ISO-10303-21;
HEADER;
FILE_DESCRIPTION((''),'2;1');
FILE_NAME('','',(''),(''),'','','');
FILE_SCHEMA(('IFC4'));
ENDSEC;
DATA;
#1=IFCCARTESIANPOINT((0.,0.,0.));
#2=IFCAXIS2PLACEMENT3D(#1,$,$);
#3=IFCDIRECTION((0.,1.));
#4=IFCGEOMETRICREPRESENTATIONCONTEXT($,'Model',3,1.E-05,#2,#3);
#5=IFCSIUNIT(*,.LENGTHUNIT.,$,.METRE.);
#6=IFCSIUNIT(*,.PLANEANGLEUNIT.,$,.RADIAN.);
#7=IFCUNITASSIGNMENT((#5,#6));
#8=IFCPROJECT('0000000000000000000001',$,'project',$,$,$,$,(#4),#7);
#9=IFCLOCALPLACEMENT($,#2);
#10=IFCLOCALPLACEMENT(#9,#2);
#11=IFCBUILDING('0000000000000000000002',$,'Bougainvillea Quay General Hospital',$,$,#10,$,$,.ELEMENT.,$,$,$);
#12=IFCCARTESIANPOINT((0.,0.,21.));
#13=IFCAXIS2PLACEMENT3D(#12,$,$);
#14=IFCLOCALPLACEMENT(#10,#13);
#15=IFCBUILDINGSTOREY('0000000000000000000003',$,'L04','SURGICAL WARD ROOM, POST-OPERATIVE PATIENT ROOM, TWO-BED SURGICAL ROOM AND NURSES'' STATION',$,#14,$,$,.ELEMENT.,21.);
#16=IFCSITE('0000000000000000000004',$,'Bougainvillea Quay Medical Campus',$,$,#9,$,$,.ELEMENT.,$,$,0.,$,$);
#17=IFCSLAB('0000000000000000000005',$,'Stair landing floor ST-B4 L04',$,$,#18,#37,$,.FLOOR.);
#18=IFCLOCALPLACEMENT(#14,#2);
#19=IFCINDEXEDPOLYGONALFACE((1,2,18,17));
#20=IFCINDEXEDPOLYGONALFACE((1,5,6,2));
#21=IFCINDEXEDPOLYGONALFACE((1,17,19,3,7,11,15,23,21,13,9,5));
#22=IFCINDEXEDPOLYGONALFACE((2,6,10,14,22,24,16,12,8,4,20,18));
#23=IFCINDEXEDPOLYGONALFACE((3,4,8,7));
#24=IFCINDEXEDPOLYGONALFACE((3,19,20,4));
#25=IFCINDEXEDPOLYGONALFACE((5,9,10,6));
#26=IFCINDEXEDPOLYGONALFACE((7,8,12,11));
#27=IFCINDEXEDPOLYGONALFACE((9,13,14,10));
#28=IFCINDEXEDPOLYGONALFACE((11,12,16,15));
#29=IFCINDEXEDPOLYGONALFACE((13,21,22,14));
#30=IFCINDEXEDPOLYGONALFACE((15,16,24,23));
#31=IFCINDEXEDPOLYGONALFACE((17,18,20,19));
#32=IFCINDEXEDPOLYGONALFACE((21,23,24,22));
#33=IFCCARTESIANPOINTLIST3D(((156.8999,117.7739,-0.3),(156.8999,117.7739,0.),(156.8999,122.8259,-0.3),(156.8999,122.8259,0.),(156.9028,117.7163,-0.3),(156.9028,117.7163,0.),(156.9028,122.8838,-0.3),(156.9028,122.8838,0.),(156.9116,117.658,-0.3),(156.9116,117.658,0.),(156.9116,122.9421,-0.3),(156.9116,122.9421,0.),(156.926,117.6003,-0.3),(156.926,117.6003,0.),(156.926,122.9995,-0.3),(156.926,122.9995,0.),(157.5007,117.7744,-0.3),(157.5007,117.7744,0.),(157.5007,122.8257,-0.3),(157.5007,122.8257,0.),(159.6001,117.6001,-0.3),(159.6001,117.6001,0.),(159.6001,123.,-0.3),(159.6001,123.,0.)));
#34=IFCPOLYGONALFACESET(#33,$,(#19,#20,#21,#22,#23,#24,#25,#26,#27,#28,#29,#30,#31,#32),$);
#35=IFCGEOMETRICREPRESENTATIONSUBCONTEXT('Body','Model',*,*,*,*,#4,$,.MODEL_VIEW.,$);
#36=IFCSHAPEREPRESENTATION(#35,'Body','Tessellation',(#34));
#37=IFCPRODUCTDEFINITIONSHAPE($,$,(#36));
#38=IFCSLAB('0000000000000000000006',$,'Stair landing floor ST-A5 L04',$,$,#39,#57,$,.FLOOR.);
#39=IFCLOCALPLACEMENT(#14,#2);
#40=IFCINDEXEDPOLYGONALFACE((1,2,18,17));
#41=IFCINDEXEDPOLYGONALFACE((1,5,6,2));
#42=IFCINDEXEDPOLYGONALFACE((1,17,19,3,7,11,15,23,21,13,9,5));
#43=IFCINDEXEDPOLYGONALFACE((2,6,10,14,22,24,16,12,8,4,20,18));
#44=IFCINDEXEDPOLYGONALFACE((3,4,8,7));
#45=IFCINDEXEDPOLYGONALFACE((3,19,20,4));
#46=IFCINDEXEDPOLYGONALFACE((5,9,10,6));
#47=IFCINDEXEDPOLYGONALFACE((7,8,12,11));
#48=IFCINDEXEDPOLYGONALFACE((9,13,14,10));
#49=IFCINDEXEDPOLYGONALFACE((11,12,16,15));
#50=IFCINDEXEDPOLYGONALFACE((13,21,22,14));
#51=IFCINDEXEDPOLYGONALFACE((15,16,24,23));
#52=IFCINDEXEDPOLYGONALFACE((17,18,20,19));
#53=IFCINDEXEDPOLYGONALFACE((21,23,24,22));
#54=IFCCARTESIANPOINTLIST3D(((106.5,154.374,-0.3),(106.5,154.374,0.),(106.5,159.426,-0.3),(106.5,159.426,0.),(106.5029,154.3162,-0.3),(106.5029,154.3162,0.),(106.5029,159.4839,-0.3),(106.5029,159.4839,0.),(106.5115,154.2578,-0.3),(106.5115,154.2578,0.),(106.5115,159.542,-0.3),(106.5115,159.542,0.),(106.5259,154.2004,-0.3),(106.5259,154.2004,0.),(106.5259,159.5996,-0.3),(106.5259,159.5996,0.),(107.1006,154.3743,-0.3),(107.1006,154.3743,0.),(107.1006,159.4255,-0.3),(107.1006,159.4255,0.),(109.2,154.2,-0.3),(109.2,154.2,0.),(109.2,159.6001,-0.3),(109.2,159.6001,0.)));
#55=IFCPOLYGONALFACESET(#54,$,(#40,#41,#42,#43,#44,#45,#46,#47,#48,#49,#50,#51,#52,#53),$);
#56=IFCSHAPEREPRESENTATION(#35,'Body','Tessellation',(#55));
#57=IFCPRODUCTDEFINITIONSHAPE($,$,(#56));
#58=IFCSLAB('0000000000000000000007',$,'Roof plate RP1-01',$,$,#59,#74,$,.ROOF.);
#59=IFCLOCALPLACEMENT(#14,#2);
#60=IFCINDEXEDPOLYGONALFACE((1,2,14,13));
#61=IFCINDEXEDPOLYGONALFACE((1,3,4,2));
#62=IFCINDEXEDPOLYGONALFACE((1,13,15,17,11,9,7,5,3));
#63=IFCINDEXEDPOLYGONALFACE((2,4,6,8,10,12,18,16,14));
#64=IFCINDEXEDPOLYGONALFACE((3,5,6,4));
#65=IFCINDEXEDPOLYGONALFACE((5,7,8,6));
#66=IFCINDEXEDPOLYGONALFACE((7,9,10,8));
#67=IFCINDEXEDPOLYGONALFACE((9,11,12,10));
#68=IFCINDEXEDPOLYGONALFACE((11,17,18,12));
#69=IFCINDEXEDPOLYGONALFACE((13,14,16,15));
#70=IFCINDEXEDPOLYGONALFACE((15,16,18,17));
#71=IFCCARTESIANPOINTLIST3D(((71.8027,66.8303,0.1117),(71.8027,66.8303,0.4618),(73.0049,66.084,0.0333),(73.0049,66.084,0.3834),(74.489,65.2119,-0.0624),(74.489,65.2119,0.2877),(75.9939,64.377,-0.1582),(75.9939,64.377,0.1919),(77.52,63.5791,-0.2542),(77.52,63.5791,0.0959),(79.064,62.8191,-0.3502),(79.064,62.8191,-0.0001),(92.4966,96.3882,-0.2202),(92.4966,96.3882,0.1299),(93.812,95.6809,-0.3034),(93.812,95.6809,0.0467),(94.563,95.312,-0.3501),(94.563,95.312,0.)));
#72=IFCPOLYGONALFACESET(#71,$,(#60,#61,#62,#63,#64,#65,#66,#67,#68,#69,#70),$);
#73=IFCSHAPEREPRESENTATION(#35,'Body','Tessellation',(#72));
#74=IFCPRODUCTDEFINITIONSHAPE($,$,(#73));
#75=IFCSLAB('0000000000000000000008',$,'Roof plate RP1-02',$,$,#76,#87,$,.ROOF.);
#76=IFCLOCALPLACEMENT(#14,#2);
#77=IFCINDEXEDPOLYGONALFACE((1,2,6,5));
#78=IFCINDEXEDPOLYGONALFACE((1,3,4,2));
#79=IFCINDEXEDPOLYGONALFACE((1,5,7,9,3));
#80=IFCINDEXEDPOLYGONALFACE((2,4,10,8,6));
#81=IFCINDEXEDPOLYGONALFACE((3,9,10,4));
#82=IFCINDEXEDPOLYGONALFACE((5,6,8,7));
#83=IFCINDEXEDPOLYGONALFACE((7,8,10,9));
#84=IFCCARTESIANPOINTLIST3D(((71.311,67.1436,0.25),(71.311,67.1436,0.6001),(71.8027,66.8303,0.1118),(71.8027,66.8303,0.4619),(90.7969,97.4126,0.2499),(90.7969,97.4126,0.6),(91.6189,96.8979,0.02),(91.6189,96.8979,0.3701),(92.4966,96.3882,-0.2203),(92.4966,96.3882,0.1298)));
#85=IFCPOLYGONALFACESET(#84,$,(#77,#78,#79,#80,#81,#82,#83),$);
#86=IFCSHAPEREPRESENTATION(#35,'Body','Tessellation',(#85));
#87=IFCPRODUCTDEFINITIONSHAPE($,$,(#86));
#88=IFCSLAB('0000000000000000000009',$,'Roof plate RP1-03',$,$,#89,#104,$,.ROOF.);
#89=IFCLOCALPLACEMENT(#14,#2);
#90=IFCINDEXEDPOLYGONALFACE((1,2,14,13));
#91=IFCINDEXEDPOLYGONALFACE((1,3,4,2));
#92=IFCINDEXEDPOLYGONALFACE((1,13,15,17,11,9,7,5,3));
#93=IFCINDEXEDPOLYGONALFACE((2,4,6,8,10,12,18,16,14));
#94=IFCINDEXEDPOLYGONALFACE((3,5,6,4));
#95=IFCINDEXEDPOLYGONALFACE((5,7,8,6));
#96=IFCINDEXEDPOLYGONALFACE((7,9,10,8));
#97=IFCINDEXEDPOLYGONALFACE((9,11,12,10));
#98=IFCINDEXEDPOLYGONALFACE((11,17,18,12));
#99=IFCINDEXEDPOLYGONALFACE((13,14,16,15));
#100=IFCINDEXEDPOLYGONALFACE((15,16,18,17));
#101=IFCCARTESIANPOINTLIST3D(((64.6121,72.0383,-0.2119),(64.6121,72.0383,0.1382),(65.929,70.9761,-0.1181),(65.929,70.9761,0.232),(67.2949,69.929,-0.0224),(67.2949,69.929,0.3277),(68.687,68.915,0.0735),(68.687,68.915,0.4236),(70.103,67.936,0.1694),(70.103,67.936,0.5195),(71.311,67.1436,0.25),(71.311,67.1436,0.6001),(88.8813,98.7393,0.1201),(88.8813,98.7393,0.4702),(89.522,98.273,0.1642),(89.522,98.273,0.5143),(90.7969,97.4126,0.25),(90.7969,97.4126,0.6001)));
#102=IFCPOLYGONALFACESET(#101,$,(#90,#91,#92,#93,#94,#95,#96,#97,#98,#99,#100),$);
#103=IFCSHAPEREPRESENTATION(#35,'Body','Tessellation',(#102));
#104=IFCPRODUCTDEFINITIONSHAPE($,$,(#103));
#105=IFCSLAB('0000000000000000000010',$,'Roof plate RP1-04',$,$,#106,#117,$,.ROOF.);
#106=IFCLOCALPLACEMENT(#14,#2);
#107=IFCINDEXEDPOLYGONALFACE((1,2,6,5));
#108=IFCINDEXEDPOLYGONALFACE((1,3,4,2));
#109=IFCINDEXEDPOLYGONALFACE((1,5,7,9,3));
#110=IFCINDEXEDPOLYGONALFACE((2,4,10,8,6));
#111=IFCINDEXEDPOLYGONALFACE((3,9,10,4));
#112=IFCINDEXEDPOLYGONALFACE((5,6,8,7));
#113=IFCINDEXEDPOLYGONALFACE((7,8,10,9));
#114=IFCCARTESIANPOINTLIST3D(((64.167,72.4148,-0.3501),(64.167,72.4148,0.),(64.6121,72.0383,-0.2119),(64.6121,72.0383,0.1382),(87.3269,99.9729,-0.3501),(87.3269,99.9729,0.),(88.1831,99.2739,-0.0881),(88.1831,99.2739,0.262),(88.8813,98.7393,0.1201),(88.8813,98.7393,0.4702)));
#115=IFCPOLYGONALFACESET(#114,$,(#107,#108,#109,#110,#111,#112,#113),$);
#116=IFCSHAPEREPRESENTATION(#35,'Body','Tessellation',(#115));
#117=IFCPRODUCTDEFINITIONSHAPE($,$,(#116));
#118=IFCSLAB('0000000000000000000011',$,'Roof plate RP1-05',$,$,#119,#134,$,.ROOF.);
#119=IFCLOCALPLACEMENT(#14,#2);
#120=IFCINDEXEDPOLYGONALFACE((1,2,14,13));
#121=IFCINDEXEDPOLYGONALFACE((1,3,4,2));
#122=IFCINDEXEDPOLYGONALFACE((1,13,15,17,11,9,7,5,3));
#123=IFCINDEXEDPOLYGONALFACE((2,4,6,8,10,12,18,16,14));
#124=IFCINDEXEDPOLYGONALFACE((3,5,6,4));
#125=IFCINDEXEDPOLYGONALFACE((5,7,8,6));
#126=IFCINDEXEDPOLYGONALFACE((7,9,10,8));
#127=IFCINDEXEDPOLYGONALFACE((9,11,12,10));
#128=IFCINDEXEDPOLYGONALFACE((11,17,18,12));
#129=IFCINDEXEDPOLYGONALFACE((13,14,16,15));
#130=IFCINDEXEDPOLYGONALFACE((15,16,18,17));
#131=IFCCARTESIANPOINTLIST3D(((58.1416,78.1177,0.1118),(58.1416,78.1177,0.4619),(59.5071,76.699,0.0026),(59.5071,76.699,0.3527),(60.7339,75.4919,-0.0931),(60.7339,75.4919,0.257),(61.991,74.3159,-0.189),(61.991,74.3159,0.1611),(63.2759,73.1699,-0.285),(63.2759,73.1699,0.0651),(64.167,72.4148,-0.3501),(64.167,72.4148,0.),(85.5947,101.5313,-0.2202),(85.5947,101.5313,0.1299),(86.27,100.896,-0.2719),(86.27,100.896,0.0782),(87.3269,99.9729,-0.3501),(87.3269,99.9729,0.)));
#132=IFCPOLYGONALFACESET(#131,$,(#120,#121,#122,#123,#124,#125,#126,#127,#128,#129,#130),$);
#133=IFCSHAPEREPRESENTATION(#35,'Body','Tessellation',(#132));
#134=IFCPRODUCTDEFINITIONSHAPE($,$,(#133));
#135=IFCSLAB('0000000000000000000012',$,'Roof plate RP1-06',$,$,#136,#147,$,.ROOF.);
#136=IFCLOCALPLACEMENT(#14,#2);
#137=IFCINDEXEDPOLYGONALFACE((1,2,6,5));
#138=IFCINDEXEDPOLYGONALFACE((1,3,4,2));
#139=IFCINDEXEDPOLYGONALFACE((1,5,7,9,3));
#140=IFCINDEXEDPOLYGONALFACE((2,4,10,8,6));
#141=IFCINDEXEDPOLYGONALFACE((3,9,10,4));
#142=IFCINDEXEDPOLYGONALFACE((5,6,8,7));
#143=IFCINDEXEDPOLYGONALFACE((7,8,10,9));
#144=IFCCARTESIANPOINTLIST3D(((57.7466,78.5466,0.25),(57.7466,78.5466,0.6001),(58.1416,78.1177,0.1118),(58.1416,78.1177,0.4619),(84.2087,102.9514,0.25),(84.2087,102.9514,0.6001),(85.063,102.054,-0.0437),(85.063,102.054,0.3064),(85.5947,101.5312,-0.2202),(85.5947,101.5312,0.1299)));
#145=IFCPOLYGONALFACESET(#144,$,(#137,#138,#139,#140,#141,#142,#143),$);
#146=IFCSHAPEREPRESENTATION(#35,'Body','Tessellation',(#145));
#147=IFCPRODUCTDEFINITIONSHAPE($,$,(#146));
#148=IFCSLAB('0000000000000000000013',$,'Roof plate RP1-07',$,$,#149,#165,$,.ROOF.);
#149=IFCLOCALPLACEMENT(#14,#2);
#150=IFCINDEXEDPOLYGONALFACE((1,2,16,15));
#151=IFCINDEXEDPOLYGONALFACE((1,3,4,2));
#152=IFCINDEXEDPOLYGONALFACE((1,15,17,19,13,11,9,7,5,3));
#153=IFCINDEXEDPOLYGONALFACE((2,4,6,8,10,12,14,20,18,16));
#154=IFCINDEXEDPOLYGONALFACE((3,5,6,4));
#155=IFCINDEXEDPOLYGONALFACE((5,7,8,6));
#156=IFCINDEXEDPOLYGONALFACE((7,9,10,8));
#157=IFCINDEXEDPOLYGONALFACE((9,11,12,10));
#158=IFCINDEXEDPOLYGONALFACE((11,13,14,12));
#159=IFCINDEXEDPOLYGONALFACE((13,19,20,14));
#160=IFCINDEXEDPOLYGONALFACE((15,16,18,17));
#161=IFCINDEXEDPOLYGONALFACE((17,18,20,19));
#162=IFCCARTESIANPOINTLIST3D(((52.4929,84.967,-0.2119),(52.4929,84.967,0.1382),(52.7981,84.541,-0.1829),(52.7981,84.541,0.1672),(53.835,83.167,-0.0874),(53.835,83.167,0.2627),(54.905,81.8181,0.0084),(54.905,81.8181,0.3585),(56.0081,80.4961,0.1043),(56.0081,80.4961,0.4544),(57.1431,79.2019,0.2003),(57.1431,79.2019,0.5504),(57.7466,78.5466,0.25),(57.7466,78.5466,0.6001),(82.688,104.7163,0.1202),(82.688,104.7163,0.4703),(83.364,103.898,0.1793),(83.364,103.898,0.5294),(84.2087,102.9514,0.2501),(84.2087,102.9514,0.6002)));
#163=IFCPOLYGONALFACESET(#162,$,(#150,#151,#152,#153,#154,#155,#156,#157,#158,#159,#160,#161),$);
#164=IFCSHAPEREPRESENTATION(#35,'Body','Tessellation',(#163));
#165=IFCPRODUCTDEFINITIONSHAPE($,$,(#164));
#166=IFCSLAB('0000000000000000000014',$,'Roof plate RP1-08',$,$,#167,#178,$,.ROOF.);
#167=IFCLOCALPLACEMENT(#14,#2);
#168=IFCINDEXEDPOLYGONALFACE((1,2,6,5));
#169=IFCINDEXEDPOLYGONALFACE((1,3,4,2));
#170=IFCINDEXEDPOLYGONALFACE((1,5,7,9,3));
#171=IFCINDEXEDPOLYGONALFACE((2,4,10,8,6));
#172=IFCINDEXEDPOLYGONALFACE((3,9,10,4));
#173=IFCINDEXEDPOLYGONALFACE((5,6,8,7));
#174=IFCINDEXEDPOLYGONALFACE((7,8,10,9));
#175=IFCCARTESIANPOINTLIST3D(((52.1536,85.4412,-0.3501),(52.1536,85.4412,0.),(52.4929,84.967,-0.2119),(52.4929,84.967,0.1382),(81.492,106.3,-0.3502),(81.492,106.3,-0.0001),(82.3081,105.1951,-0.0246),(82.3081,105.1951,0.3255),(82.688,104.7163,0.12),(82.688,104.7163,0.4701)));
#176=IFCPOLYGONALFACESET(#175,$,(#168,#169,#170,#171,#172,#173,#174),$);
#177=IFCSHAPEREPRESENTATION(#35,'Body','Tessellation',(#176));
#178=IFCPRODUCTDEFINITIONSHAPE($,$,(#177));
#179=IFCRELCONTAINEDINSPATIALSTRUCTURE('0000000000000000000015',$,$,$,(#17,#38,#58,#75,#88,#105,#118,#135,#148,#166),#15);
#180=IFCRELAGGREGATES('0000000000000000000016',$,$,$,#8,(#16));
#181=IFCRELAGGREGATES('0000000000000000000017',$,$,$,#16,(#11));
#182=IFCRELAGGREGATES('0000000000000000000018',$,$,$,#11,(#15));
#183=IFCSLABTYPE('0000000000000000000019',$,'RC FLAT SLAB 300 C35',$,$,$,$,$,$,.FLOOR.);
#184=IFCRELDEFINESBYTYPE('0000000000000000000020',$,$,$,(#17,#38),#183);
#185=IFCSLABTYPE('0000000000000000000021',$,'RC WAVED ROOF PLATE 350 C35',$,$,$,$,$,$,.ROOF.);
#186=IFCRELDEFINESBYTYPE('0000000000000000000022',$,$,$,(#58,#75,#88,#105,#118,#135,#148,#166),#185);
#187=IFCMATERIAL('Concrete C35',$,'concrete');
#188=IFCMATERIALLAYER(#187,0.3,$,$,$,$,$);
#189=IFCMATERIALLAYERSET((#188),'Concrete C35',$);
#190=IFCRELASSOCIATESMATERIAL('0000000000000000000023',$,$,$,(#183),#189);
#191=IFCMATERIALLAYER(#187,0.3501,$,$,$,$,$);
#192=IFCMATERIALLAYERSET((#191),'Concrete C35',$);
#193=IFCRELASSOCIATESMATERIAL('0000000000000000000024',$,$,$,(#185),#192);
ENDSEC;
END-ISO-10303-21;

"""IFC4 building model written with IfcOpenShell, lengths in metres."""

from ifc_helpers import new_model, si_unit, direction, frame, origin, place, context, subcontext, project, spatial, polyline, outline, extrude, material, layer, layer_set, type_object, element, save


model = new_model("IFC4")

# Units and contexts
model_context = context("Model", 3, precision=1e-05, world=origin(), true_north=direction((0.0, 1.0)))
body_context = subcontext(model_context, "Body", "Model", "MODEL_VIEW")
ifc_project = project(units=[si_unit("LENGTHUNIT", "METRE"), si_unit("PLANEANGLEUNIT", "RADIAN")], contexts=[model_context])

# Site, building, storey
site_placement = place(None, origin())
site = spatial("IfcSite", under=ifc_project, at=site_placement, Name="Bougainvillea Quay Medical Campus", CompositionType="ELEMENT", RefElevation=0.0)
building_placement = place(site_placement, origin())
building = spatial("IfcBuilding", under=site, at=building_placement, Name="Bougainvillea Quay General Hospital", CompositionType="ELEMENT")
storey_placement = place(building_placement, frame((0.0, 0.0, 21.0)))
storey = spatial("IfcBuildingStorey", under=building, at=storey_placement, Name="L04", Description="SURGICAL WARD ROOM, POST-OPERATIVE PATIENT ROOM, TWO-BED SURGICAL ROOM AND NURSES' STATION", CompositionType="ELEMENT", Elevation=21.0)

# Slabs
ifc_material_1 = material(Name="Concrete C35", Category="concrete")
ifc_layer_1 = layer(ifc_material_1, 0.3)
ifc_layer_set_1 = layer_set([ifc_layer_1], Name="Concrete C35")
slab_type_1 = type_object("IfcSlabType", Name="RC FLAT SLAB 300 C35", PredefinedType="FLOOR", material=ifc_layer_set_1)
slab_1_placement = place(storey_placement, frame((0.0, 0.0, -0.3)))
element("IfcSlab", 1, at=slab_1_placement, inside=storey, type_object=slab_type_1, Name="Stair landing floor ST-B4 L04", PredefinedType="FLOOR", context=body_context, shape_type="SweptSolid", body=[
    extrude(outline(polyline([(156.9028, 122.8838), (156.9116, 122.9421), (156.926, 122.9995), (159.6001, 123.0), (159.6001, 117.6001), (156.926, 117.6003), (156.9116, 117.658), (156.9028, 117.7163), (156.8999, 117.7739), (157.5007, 117.7744), (157.5007, 122.8257), (156.8999, 122.8259), (156.9028, 122.8838)])), origin(), (0.0, 0.0, 1.0), 0.3),
])
slab_2_placement = place(storey_placement, frame((0.0, 0.0, -0.3)))
element("IfcSlab", 2, at=slab_2_placement, inside=storey, type_object=slab_type_1, Name="Stair landing floor ST-A5 L04", PredefinedType="FLOOR", context=body_context, shape_type="SweptSolid", body=[
    extrude(outline(polyline([(106.5029, 159.4839), (106.5115, 159.542), (106.5259, 159.5996), (109.2, 159.6001), (109.2, 154.2), (106.5259, 154.2004), (106.5115, 154.2578), (106.5029, 154.3162), (106.5, 154.374), (107.1006, 154.3743), (107.1006, 159.4255), (106.5, 159.426), (106.5029, 159.4839)])), origin(), (0.0, 0.0, 1.0), 0.3),
])
ifc_layer_2 = layer(ifc_material_1, 0.3501)
ifc_layer_set_2 = layer_set([ifc_layer_2], Name="Concrete C35")
slab_type_2 = type_object("IfcSlabType", Name="RC WAVED ROOF PLATE 350 C35", PredefinedType="ROOF", material=ifc_layer_set_2)
slab_3_placement = place(storey_placement, frame((92.4966, 96.3882, 0.1299), z_axis=(0.050268, -0.02398, 0.998448), x_axis=(-0.5735, -0.819154, 0.0092)))
element("IfcSlab", 3, at=slab_3_placement, inside=storey, type_object=slab_type_2, Name="Roof plate RP1-01", PredefinedType="ROOF", context=body_context, shape_type="SweptSolid", body=[
    extrude(outline(polyline([(0.0, 0.0), (36.0834, 0.0), (36.0046, 1.415), (35.867, 3.1335), (35.687, 4.8477), (35.4644, 6.5581), (35.2007, 8.2613), (-0.3047, 2.3135), (-0.1758, 1.4855), (0.0, 0.0)])), origin(), (-0.0092, 0.05493, -0.998448), 0.3501),
])
slab_4_placement = place(storey_placement, frame((71.8027, 66.8303, 0.4619), z_axis=(0.193937, -0.124845, 0.973037), x_axis=(0.5735, 0.819154, -0.009204)))
element("IfcSlab", 4, at=slab_4_placement, inside=storey, type_object=slab_type_2, Name="Roof plate RP1-02", PredefinedType="ROOF", context=body_context, shape_type="SweptSolid", body=[
    extrude(outline(polyline([(0.0, 0.0), (36.0834, 0.0), (35.9954, 1.0393), (35.9435, 2.0347), (-0.0267, 0.5986), (0.0, 0.0)])), origin(), (0.009204, -0.230463, -0.973037), 0.3501),
])
slab_5_placement = place(storey_placement, frame((71.311, 67.1436, 0.6001), z_axis=(-0.046822, 0.030142, 0.998448), x_axis=(0.541292, 0.840835, 0.0)))
element("IfcSlab", 5, at=slab_5_placement, inside=storey, type_object=slab_type_2, Name="Roof plate RP1-03", PredefinedType="ROOF", context=body_context, shape_type="SweptSolid", body=[
    extrude(outline(polyline([(0.0, 0.0), (35.9988, 0.0), (36.0321, 1.5401), (36.0774, 2.3324), (0.4896, 8.2951), (0.3092, 6.6102), (0.1682, 4.8922), (0.0692, 3.1702), (0.0125, 1.4469), (0.0, 0.0)])), origin(), (0.0, 0.055686, -0.998448), 0.3501),
])
slab_6_placement = place(storey_placement, frame((64.6121, 72.0383, 0.1382), z_axis=(-0.176575, 0.148394, 0.973037), x_axis=(0.672579, 0.739968, 0.009202)))
element("IfcSlab", 6, at=slab_6_placement, inside=storey, type_object=slab_type_2, Name="Roof plate RP1-04", PredefinedType="ROOF", context=body_context, shape_type="SweptSolid", body=[
    extrude(outline(polyline([(0.0, 0.0), (36.0839, 0.0), (36.008, 0.9006), (35.9469, 2.0348), (-0.022, 0.5987), (0.0, 0.0)])), origin(), (-0.009202, 0.230467, -0.973037), 0.3501),
])
slab_7_placement = place(storey_placement, frame((64.167, 72.4148, 0.0), z_axis=(0.042632, -0.035828, 0.998448), x_axis=(0.643373, 0.765553, 0.0)))
element("IfcSlab", 7, at=slab_7_placement, inside=storey, type_object=slab_type_2, Name="Roof plate RP1-05", PredefinedType="ROOF", context=body_context, shape_type="SweptSolid", body=[
    extrude(outline(polyline([(0.0, 0.0), (35.9976, 0.0), (36.0244, 1.4052), (36.0762, 2.3323), (0.4893, 8.2947), (0.2817, 6.3336), (0.147, 4.6151), (0.0554, 2.8935), (0.0048, 1.1698), (0.0, 0.0)])), origin(), (0.0, -0.055688, -0.998448), 0.3501),
])
slab_8_placement = place(storey_placement, frame((58.1416, 78.1177, 0.4619), z_axis=(0.156365, -0.169545, 0.973039), x_axis=(0.760834, 0.648882, -0.009201)))
element("IfcSlab", 8, at=slab_8_placement, inside=storey, type_object=slab_type_2, Name="Roof plate RP1-06", PredefinedType="ROOF", context=body_context, shape_type="SweptSolid", body=[
    extrude(outline(polyline([(0.0, 0.0), (36.083, 0.0), (36.0159, 0.7633), (35.9456, 2.0347), (-0.0235, 0.5988), (0.0, 0.0)])), origin(), (0.009201, -0.230458, -0.973039), 0.3501),
])
slab_9_placement = place(storey_placement, frame((57.7466, 78.5466, 0.6001), z_axis=(-0.037758, 0.040938, 0.998448), x_axis=(0.735105, 0.677953, 0.000002)))
element("IfcSlab", 9, at=slab_9_placement, inside=storey, type_object=slab_type_2, Name="Roof plate RP1-07", PredefinedType="ROOF", context=body_context, shape_type="SweptSolid", body=[
    extrude(outline(polyline([(0.0, 0.0), (35.9978, 0.0), (36.0185, 1.2705), (36.0764, 2.332), (0.4907, 8.2943), (0.4262, 7.7734), (0.2569, 6.0578), (0.1291, 4.3381), (0.0436, 2.6158), (0.0006, 0.8922), (0.0, 0.0)])), origin(), (-0.000002, 0.055692, -0.998448), 0.3501),
])
slab_10_placement = place(storey_placement, frame((52.4929, 84.967, 0.1382), z_axis=(-0.133637, 0.187967, 0.973041), x_axis=(0.836854, 0.547349, 0.0092)))
element("IfcSlab", 10, at=slab_10_placement, inside=storey, type_object=slab_type_2, Name="Roof plate RP1-08", PredefinedType="ROOF", context=body_context, shape_type="SweptSolid", body=[
    extrude(outline(polyline([(0.0, 0.0), (36.0817, 0.0), (36.0245, 0.6255), (35.9433, 2.0349), (-0.0258, 0.5987), (0.0, 0.0)])), origin(), (-0.0092, 0.230447, -0.973041), 0.3501),
])

save(model, "model.ifc")
